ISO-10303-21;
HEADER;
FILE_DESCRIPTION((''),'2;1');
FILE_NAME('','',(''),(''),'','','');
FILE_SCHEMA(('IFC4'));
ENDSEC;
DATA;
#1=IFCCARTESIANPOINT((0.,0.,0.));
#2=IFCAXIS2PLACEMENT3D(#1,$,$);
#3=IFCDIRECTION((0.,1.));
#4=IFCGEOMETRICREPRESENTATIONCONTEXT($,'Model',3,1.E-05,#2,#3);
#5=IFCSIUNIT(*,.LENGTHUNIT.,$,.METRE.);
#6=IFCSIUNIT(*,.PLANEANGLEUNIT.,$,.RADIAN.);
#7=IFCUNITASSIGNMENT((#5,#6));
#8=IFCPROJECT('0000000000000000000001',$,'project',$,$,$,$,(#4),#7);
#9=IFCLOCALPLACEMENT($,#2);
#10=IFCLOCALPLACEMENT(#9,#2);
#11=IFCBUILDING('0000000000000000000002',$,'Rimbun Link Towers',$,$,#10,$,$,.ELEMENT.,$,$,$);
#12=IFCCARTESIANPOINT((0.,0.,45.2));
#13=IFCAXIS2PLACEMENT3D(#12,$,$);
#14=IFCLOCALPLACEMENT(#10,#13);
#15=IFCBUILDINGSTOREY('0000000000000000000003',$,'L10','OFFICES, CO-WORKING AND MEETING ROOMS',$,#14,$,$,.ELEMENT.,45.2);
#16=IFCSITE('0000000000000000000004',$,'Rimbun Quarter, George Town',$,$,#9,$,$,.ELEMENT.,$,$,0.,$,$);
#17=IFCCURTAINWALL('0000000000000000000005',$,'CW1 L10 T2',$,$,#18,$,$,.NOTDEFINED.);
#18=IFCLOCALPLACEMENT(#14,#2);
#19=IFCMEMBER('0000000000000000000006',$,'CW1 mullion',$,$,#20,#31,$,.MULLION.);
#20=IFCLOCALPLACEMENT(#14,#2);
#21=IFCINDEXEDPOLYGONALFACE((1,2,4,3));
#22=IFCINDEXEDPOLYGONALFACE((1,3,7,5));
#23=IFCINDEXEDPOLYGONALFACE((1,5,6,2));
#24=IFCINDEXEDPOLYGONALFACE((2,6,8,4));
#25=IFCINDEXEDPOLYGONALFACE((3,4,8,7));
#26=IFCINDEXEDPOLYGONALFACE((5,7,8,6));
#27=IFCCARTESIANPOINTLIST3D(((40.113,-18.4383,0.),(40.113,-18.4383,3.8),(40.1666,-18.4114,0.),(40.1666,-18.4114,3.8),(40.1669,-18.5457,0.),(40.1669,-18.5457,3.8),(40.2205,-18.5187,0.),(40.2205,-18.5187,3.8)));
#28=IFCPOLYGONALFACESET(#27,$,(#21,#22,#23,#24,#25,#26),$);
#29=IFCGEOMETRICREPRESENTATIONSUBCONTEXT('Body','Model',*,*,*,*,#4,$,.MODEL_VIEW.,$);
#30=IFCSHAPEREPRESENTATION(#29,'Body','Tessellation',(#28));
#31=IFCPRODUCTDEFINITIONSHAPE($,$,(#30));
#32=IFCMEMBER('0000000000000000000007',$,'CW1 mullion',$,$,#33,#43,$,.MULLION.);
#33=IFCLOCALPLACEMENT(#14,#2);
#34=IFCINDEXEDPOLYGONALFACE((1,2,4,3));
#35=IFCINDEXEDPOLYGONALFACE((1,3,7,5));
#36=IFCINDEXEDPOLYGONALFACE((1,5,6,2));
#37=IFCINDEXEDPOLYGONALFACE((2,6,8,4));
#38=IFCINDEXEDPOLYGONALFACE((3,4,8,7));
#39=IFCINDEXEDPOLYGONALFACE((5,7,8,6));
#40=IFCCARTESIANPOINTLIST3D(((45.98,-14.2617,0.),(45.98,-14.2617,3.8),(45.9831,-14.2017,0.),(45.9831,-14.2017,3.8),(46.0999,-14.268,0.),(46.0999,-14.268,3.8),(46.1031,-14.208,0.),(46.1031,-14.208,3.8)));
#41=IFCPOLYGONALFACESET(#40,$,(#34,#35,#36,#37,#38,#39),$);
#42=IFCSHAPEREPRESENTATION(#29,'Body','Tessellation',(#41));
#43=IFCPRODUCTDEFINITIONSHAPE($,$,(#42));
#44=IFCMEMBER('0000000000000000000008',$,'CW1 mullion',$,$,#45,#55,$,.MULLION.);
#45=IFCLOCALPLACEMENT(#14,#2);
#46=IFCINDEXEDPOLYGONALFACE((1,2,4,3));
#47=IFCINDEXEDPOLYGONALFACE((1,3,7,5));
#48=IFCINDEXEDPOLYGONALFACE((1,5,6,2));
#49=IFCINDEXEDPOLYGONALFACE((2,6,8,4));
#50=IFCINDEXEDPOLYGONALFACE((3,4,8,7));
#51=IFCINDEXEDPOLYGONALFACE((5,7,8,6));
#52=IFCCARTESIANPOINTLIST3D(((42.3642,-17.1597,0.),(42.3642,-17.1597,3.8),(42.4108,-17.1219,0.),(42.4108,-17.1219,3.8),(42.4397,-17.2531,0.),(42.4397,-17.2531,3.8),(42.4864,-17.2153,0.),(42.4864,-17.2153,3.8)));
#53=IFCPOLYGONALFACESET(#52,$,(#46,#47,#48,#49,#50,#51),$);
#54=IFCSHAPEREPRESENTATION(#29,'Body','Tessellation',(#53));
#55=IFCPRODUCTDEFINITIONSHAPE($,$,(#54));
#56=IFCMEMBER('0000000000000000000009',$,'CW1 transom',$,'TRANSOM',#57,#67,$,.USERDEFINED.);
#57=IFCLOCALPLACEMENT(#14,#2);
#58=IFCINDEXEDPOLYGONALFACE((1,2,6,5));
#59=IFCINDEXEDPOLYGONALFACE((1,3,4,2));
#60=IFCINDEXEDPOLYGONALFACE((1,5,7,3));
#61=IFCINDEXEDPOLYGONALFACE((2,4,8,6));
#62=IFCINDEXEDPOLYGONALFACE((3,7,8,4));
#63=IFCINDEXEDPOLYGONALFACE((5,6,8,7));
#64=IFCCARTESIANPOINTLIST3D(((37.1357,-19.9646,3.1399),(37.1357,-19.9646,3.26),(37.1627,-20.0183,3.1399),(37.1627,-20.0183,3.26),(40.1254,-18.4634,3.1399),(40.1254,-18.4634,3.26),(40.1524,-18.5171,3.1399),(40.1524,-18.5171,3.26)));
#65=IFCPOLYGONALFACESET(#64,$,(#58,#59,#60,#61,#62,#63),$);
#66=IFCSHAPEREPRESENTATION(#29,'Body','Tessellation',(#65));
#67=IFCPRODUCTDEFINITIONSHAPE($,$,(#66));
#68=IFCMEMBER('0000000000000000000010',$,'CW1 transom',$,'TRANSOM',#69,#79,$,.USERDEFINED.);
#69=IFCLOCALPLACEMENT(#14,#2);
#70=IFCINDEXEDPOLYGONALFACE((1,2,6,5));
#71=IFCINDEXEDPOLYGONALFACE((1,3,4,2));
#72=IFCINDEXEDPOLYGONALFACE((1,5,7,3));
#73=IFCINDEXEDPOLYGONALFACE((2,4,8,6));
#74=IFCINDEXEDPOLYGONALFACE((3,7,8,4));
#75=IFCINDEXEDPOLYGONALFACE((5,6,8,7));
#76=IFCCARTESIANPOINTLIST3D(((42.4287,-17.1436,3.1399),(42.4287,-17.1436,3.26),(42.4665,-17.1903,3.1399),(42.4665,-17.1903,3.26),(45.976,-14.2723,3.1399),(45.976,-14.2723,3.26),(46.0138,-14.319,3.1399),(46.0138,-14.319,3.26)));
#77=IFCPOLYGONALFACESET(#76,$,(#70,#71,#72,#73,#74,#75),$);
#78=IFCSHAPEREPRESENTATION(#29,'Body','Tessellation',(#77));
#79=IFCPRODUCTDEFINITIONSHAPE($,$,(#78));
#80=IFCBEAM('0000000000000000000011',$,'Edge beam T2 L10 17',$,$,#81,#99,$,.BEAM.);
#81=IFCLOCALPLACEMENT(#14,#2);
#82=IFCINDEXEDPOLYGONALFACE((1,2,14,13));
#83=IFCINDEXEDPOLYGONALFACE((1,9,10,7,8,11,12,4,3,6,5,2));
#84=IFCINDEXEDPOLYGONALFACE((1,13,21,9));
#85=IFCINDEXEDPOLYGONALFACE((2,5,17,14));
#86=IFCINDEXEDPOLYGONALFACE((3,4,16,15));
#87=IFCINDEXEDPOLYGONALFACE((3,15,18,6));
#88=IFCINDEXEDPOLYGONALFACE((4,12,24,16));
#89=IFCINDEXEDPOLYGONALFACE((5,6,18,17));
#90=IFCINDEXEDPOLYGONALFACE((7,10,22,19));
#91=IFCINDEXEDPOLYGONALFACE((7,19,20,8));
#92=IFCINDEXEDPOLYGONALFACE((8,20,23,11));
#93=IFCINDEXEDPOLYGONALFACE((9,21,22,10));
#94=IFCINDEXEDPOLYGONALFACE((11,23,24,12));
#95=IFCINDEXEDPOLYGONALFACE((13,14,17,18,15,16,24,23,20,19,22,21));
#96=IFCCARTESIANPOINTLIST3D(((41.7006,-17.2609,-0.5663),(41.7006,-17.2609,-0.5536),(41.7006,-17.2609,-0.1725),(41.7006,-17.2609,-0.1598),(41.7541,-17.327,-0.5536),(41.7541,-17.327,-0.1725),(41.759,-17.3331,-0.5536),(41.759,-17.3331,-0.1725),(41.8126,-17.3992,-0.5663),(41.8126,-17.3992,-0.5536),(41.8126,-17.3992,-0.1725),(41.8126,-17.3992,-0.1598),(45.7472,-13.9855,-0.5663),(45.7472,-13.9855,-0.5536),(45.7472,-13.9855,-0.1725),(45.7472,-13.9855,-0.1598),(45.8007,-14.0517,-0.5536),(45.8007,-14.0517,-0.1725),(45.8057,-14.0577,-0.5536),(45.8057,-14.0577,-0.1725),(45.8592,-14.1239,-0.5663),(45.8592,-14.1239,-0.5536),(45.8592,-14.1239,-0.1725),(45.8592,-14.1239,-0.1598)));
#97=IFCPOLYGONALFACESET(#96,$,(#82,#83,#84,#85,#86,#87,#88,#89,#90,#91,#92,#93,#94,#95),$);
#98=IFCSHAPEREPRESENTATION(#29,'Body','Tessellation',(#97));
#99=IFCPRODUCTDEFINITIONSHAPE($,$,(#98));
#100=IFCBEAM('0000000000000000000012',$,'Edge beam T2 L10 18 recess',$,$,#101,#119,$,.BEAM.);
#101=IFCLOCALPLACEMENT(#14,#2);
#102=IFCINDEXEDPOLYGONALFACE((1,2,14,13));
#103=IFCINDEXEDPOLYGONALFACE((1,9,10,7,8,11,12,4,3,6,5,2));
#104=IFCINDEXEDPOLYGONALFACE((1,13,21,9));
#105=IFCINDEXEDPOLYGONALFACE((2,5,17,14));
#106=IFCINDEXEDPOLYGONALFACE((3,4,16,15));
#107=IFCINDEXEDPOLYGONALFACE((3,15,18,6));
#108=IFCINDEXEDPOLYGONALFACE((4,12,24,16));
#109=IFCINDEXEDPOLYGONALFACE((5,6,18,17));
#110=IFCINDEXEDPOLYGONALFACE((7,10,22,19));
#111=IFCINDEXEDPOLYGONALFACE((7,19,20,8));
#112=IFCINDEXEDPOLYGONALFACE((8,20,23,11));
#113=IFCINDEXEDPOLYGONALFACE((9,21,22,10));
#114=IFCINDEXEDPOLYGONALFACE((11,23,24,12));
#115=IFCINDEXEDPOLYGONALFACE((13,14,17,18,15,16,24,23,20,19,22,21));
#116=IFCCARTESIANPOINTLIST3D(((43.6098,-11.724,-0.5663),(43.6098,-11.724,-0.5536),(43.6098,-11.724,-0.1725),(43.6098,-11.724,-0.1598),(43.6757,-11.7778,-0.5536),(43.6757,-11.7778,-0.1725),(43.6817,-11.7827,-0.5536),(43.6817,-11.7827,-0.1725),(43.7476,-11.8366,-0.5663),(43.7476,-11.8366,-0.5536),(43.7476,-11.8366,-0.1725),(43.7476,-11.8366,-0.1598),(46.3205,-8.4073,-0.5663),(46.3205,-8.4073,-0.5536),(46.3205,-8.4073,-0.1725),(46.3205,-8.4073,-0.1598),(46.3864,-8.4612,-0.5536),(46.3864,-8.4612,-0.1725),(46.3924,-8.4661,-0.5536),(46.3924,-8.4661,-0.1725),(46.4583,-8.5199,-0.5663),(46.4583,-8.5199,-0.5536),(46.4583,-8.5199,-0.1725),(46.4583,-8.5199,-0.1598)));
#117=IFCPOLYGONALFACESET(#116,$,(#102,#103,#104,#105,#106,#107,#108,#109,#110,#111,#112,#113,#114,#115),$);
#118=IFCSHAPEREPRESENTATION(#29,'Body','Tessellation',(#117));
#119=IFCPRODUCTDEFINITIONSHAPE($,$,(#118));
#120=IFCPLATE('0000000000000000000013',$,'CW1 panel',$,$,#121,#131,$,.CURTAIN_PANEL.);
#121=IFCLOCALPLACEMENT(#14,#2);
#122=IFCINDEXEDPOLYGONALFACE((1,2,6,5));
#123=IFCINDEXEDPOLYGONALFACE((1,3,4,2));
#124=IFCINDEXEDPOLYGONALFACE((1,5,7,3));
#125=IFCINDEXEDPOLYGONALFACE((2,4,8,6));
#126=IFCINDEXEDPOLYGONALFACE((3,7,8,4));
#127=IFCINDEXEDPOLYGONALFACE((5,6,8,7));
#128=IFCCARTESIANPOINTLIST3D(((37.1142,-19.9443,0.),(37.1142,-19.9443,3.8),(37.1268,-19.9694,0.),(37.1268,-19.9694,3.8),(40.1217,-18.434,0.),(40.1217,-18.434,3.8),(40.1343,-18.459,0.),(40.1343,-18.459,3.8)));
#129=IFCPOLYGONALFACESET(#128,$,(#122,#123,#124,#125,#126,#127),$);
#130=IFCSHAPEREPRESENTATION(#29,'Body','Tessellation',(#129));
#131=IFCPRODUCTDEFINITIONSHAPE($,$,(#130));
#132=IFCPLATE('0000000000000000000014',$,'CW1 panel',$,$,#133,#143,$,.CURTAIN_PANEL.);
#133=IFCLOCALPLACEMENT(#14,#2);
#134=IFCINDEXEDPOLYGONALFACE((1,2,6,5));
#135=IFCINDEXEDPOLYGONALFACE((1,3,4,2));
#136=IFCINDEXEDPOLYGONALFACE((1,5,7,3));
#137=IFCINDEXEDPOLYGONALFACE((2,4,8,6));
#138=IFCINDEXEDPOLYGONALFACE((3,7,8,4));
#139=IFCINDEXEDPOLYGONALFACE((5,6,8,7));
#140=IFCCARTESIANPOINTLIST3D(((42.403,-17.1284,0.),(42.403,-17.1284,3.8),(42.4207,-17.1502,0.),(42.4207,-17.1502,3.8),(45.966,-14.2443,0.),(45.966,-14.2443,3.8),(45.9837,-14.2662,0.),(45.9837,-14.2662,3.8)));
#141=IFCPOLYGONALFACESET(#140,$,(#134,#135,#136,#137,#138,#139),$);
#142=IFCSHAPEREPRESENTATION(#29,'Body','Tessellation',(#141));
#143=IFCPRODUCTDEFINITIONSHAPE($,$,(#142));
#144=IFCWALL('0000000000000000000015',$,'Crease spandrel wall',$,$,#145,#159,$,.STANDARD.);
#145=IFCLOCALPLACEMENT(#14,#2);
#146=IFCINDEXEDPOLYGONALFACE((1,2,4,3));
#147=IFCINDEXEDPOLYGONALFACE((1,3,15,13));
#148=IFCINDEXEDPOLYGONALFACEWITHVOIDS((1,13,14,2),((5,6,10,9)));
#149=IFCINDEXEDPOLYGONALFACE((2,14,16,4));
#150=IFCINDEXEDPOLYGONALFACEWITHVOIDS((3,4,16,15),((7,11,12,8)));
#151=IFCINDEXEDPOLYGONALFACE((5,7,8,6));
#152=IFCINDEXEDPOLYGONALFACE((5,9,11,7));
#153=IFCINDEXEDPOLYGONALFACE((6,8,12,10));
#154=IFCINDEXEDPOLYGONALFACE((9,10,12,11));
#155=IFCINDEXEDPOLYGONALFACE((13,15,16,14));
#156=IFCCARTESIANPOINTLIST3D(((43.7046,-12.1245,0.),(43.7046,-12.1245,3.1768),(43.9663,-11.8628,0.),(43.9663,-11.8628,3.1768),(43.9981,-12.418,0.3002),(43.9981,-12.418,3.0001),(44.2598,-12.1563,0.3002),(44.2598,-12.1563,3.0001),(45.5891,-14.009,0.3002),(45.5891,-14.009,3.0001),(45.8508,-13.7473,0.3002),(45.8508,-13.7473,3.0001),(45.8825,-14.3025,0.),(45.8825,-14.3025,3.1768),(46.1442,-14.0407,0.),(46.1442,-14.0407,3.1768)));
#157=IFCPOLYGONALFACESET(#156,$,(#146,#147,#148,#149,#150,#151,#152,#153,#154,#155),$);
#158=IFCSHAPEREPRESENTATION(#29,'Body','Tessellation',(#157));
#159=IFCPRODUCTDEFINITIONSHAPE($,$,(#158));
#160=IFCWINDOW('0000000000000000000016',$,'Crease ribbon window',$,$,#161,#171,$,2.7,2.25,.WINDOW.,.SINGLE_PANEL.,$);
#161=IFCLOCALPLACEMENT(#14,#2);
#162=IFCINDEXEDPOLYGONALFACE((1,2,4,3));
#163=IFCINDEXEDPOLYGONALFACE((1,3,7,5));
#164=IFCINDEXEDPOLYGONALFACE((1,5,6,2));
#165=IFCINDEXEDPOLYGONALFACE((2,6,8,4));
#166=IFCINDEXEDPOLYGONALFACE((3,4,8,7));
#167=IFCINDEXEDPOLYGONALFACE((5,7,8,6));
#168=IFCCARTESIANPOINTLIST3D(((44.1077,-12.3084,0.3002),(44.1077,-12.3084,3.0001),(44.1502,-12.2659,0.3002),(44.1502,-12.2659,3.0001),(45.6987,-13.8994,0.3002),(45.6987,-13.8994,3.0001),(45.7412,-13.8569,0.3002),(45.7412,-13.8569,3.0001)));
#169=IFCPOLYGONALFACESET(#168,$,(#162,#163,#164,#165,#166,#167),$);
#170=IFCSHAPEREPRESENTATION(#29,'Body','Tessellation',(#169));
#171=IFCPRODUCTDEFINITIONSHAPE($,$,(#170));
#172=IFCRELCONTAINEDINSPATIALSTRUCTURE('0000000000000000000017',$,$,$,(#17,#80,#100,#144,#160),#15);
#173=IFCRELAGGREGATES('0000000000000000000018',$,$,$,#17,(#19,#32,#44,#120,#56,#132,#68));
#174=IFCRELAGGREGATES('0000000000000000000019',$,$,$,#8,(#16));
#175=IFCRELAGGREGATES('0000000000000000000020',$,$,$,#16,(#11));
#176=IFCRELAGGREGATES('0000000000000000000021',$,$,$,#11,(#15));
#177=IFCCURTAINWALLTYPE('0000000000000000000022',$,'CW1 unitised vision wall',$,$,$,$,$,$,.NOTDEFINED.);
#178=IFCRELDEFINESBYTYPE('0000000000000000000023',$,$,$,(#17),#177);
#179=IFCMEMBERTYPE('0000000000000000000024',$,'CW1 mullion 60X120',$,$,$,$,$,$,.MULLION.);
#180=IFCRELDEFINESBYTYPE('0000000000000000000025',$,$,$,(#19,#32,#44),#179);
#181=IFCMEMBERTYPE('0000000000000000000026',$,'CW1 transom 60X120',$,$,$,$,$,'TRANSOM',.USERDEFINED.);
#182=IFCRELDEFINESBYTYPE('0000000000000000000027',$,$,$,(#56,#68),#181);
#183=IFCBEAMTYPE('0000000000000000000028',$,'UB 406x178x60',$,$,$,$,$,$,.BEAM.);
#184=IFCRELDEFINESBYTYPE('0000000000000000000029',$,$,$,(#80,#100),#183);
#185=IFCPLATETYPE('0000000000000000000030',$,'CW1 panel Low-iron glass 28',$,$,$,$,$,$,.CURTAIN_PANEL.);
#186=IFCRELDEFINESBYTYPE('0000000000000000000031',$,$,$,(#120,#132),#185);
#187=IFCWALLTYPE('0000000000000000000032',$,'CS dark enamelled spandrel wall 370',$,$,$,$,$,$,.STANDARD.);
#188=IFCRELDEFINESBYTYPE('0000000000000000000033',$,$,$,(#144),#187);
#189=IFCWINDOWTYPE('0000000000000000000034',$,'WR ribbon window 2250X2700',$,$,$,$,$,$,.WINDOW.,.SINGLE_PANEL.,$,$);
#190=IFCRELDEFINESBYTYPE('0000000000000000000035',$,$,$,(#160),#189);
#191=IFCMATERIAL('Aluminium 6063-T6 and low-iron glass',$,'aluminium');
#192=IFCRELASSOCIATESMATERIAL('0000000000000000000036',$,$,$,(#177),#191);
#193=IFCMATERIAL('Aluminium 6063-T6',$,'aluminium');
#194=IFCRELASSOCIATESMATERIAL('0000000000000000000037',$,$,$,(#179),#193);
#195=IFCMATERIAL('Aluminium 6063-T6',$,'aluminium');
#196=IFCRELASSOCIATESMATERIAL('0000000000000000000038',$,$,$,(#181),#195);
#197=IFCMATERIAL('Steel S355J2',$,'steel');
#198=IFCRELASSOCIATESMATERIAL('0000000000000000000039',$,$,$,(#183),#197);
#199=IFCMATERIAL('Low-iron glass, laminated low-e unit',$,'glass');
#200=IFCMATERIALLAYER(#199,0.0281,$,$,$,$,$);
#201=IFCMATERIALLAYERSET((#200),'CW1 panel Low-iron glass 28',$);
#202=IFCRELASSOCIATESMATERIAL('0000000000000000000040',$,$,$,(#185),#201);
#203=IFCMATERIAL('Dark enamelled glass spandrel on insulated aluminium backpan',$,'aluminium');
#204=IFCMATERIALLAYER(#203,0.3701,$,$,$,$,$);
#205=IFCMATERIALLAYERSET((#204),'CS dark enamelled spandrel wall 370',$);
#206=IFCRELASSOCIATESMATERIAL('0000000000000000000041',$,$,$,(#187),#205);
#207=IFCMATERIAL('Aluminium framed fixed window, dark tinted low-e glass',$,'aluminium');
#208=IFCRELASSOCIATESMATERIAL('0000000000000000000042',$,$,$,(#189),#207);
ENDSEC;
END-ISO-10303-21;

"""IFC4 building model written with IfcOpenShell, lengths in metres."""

from ifc_helpers import new_model, si_unit, direction, frame, frame_2d, origin, origin_2d, place, context, subcontext, project, spatial, rectangle, i_section, extrude, material, layer, layer_set, material_profile, profile_set, type_object, element, fill, aggregate, save


model = new_model("IFC4")

# Units and contexts
model_context = context("Model", 3, precision=1e-05, world=origin(), true_north=direction((0.0, 1.0)))
body_context = subcontext(model_context, "Body", "Model", "MODEL_VIEW")
ifc_project = project(units=[si_unit("LENGTHUNIT", "METRE"), si_unit("PLANEANGLEUNIT", "RADIAN")], contexts=[model_context])

# Site, building, storey
site_placement = place(None, origin())
site = spatial("IfcSite", under=ifc_project, at=site_placement, Name="Rimbun Quarter, George Town", CompositionType="ELEMENT", RefElevation=0.0)
building_placement = place(site_placement, origin())
building = spatial("IfcBuilding", under=site, at=building_placement, Name="Rimbun Link Towers", CompositionType="ELEMENT")
storey_placement = place(building_placement, frame((0.0, 0.0, 45.2)))
storey = spatial("IfcBuildingStorey", under=building, at=storey_placement, Name="L10", Description="OFFICES, CO-WORKING AND MEETING ROOMS", CompositionType="ELEMENT", Elevation=45.2)

# Curtain wall, members
ifc_material_1 = material(Name="Aluminium 6063-T6 and low-iron glass", Category="aluminium")
curtain_wall_type = type_object("IfcCurtainWallType", Name="CW1 unitised vision wall", PredefinedType="NOTDEFINED", material=ifc_material_1)
curtain_wall_placement = place(storey_placement, origin())
curtain_wall = element("IfcCurtainWall", 1, at=curtain_wall_placement, inside=storey, type_object=curtain_wall_type, Name="CW1 L10 T2", PredefinedType="NOTDEFINED")
ifc_material_2 = material(Name="Aluminium 6063-T6", Category="aluminium")
ifc_material_profile_1 = material_profile(ifc_material_2, rectangle(XDim=0.1201, YDim=0.0601, at=origin_2d()), Name="MULLION 60X120")
ifc_profile_set_1 = profile_set([ifc_material_profile_1], Name="Aluminium 6063-T6")
member_type_1 = type_object("IfcMemberType", Name="CW1 mullion 60X120", PredefinedType="MULLION", material=ifc_profile_set_1)
member_1_placement = place(storey_placement, frame((40.1667, -18.4785, 0.0), z_axis=(0.0, 0.0, 1.0), x_axis=(0.448766, -0.893649, 0.0)))
member_1 = element("IfcMember", 2, at=member_1_placement, type_object=member_type_1, Name="CW1 mullion", PredefinedType="MULLION", context=body_context, shape_type="SweptSolid", body=[
    extrude(rectangle(XDim=0.1201, YDim=0.0601, at=origin_2d()), origin(), (0.0, 0.0, 1.0), 3.8),
])
member_2_placement = place(storey_placement, frame((46.0415, -14.2349, 0.0), z_axis=(0.0, 0.0, 1.0), x_axis=(0.998624, -0.052442, 0.0)))
member_2 = element("IfcMember", 3, at=member_2_placement, type_object=member_type_1, Name="CW1 mullion", PredefinedType="MULLION", context=body_context, shape_type="SweptSolid", body=[
    extrude(rectangle(XDim=0.1201, YDim=0.0601, at=origin_2d()), origin(), (0.0, 0.0, 1.0), 3.8),
])
member_3_placement = place(storey_placement, frame((42.4253, -17.1875, 0.0), z_axis=(0.0, 0.0, 1.0), x_axis=(0.629155, -0.77728, 0.0)))
member_3 = element("IfcMember", 4, at=member_3_placement, type_object=member_type_1, Name="CW1 mullion", PredefinedType="MULLION", context=body_context, shape_type="SweptSolid", body=[
    extrude(rectangle(XDim=0.1201, YDim=0.0601, at=origin_2d()), origin(), (0.0, 0.0, 1.0), 3.8),
])
ifc_material_3 = material(Name="Aluminium 6063-T6", Category="aluminium")
ifc_material_profile_2 = material_profile(ifc_material_3, rectangle(XDim=0.0601, YDim=0.1201, at=origin_2d()), Name="TRANSOM 60X120")
ifc_profile_set_2 = profile_set([ifc_material_profile_2], Name="Aluminium 6063-T6")
member_type_2 = type_object("IfcMemberType", Name="CW1 transom 60X120", ElementType="TRANSOM", PredefinedType="USERDEFINED", material=ifc_profile_set_2)
member_4_placement = place(storey_placement, frame((40.1389, -18.4902, 3.2), z_axis=(-0.893667, -0.448731, 0.0), x_axis=(0.448731, -0.893667, 0.0)))
member_4 = element("IfcMember", 5, at=member_4_placement, type_object=member_type_2, Name="CW1 transom", ObjectType="TRANSOM", PredefinedType="USERDEFINED", context=body_context, shape_type="SweptSolid", body=[
    extrude(rectangle(XDim=0.0601, YDim=0.1201, at=origin_2d()), origin(), (0.0, 0.0, 1.0), 3.3455),
])
member_5_placement = place(storey_placement, frame((45.9949, -14.2957, 3.2), z_axis=(-0.777281, -0.629154, 0.0), x_axis=(0.629154, -0.777281, 0.0)))
member_5 = element("IfcMember", 6, at=member_5_placement, type_object=member_type_2, Name="CW1 transom", ObjectType="TRANSOM", PredefinedType="USERDEFINED", context=body_context, shape_type="SweptSolid", body=[
    extrude(rectangle(XDim=0.0601, YDim=0.1201, at=origin_2d()), origin(), (0.0, 0.0, 1.0), 4.5637),
])

# Beams
ifc_material_4 = material(Name="Steel S355J2", Category="steel")
ifc_material_profile_3 = material_profile(ifc_material_4, i_section(OverallWidth=0.178, OverallDepth=0.4065, WebThickness=0.0078, FlangeThickness=0.0127, at=origin_2d()), Name="UB 406x178x60")
ifc_profile_set_3 = profile_set([ifc_material_profile_3], Name="Steel S355J2")
beam_type = type_object("IfcBeamType", Name="UB 406x178x60", PredefinedType="BEAM", material=ifc_profile_set_3)
beam_1_placement = place(storey_placement, frame((41.7566, -17.3301, -0.363), z_axis=(0.777287, 0.629146, 0.0), x_axis=(-0.629146, 0.777287, 0.0)))
element("IfcBeam", 7, at=beam_1_placement, inside=storey, type_object=beam_type, Name="Edge beam T2 L10 17", PredefinedType="BEAM", context=body_context, shape_type="SweptSolid", body=[
    extrude(i_section(OverallWidth=0.178, OverallDepth=0.4065, WebThickness=0.0078, FlangeThickness=0.0127, at=origin_2d()), origin(), (0.0, 0.0, 1.0), 5.2061),
])
beam_2_placement = place(storey_placement, frame((43.6787, -11.7803, -0.363), z_axis=(0.632828, 0.774292, 0.0), x_axis=(-0.774292, 0.632828, 0.0)))
element("IfcBeam", 8, at=beam_2_placement, inside=storey, type_object=beam_type, Name="Edge beam T2 L10 18 recess", PredefinedType="BEAM", context=body_context, shape_type="SweptSolid", body=[
    extrude(i_section(OverallWidth=0.178, OverallDepth=0.4065, WebThickness=0.0078, FlangeThickness=0.0127, at=origin_2d()), origin(), (0.0, 0.0, 1.0), 4.2834),
])

# Plates
ifc_material_5 = material(Name="Low-iron glass, laminated low-e unit", Category="glass")
ifc_layer_1 = layer(ifc_material_5, 0.0281)
ifc_layer_set_1 = layer_set([ifc_layer_1], Name="CW1 panel Low-iron glass 28")
plate_type = type_object("IfcPlateType", Name="CW1 panel Low-iron glass 28", PredefinedType="CURTAIN_PANEL", material=ifc_layer_set_1)
plate_1_placement = place(storey_placement, frame((38.6243, -19.2017, 0.0), z_axis=(0.0, 0.0, 1.0), x_axis=(-0.893649, -0.448766, 0.0)))
plate_1 = element("IfcPlate", 9, at=plate_1_placement, type_object=plate_type, Name="CW1 panel", PredefinedType="CURTAIN_PANEL", context=body_context, shape_type="SweptSolid", body=[
    extrude(rectangle(XDim=3.3655, YDim=0.0281, at=origin_2d()), origin(), (0.0, 0.0, 1.0), 3.8),
])
plate_2_placement = place(storey_placement, frame((44.1934, -15.6973, 0.0), z_axis=(0.0, 0.0, 1.0), x_axis=(-0.77728, -0.629155, 0.0)))
plate_2 = element("IfcPlate", 10, at=plate_2_placement, type_object=plate_type, Name="CW1 panel", PredefinedType="CURTAIN_PANEL", context=body_context, shape_type="SweptSolid", body=[
    extrude(rectangle(XDim=4.584, YDim=0.0281, at=origin_2d()), origin(), (0.0, 0.0, 1.0), 3.8),
])
aggregate(curtain_wall, [member_1, member_2, member_3, plate_1, member_4, plate_2, member_5])

# Wall, opening, window
ifc_material_6 = material(Name="Dark enamelled glass spandrel on insulated aluminium backpan", Category="aluminium")
ifc_layer_2 = layer(ifc_material_6, 0.3701)
ifc_layer_set_2 = layer_set([ifc_layer_2], Name="CS dark enamelled spandrel wall 370")
wall_type_1 = type_object("IfcWallType", Name="CS dark enamelled spandrel wall 370", PredefinedType="STANDARD", material=ifc_layer_set_2)
wall_1_placement = place(storey_placement, frame((43.8354, -11.9937, 0.0), z_axis=(0.0, 0.0, 1.0), x_axis=(0.707107, -0.707107, 0.0)))
wall_1 = element("IfcWall", 11, at=wall_1_placement, inside=storey, type_object=wall_type_1, Name="Crease spandrel wall", PredefinedType="STANDARD", context=body_context, shape_type="SweptSolid", body=[
    extrude(rectangle(XDim=3.0801, YDim=0.3701, at=frame_2d((1.54, 0.0))), origin(), (0.0, 0.0, 1.0), 3.1768),
])
opening_1_placement = place(wall_1_placement, frame((0.415, 0.0, 0.3)))
opening_1 = element("IfcOpeningElement", 12, at=opening_1_placement, cuts=wall_1, PredefinedType="OPENING", context=body_context, shape_type="SweptSolid", body=[
    extrude(rectangle(XDim=2.25, YDim=2.7, at=frame_2d((1.125, 1.3501))), frame((0.0, 0.1951, 0.0), z_axis=(0.0, -1.0, 0.0), x_axis=(1.0, 0.0, 0.0)), (0.0, 0.0, 1.0), 0.3901),
])
ifc_material_7 = material(Name="Aluminium framed fixed window, dark tinted low-e glass", Category="aluminium")
window_type = type_object("IfcWindowType", Name="WR ribbon window 2250X2700", PartitioningType="SINGLE_PANEL", PredefinedType="WINDOW", material=ifc_material_7)
window_placement = place(opening_1_placement, origin())
window = element("IfcWindow", 13, at=window_placement, inside=storey, type_object=window_type, Name="Crease ribbon window", OverallHeight=2.7, OverallWidth=2.25, PartitioningType="SINGLE_PANEL", PredefinedType="WINDOW", context=body_context, shape_type="SweptSolid", body=[
    extrude(rectangle(XDim=2.25, YDim=2.7, at=frame_2d((1.125, 1.3501))), frame((0.0, 0.03, 0.0), z_axis=(0.0, -1.0, 0.0), x_axis=(1.0, 0.0, 0.0)), (0.0, 0.0, 1.0), 0.0601),
])
fill(opening_1, window)

save(model, "model.ifc")
